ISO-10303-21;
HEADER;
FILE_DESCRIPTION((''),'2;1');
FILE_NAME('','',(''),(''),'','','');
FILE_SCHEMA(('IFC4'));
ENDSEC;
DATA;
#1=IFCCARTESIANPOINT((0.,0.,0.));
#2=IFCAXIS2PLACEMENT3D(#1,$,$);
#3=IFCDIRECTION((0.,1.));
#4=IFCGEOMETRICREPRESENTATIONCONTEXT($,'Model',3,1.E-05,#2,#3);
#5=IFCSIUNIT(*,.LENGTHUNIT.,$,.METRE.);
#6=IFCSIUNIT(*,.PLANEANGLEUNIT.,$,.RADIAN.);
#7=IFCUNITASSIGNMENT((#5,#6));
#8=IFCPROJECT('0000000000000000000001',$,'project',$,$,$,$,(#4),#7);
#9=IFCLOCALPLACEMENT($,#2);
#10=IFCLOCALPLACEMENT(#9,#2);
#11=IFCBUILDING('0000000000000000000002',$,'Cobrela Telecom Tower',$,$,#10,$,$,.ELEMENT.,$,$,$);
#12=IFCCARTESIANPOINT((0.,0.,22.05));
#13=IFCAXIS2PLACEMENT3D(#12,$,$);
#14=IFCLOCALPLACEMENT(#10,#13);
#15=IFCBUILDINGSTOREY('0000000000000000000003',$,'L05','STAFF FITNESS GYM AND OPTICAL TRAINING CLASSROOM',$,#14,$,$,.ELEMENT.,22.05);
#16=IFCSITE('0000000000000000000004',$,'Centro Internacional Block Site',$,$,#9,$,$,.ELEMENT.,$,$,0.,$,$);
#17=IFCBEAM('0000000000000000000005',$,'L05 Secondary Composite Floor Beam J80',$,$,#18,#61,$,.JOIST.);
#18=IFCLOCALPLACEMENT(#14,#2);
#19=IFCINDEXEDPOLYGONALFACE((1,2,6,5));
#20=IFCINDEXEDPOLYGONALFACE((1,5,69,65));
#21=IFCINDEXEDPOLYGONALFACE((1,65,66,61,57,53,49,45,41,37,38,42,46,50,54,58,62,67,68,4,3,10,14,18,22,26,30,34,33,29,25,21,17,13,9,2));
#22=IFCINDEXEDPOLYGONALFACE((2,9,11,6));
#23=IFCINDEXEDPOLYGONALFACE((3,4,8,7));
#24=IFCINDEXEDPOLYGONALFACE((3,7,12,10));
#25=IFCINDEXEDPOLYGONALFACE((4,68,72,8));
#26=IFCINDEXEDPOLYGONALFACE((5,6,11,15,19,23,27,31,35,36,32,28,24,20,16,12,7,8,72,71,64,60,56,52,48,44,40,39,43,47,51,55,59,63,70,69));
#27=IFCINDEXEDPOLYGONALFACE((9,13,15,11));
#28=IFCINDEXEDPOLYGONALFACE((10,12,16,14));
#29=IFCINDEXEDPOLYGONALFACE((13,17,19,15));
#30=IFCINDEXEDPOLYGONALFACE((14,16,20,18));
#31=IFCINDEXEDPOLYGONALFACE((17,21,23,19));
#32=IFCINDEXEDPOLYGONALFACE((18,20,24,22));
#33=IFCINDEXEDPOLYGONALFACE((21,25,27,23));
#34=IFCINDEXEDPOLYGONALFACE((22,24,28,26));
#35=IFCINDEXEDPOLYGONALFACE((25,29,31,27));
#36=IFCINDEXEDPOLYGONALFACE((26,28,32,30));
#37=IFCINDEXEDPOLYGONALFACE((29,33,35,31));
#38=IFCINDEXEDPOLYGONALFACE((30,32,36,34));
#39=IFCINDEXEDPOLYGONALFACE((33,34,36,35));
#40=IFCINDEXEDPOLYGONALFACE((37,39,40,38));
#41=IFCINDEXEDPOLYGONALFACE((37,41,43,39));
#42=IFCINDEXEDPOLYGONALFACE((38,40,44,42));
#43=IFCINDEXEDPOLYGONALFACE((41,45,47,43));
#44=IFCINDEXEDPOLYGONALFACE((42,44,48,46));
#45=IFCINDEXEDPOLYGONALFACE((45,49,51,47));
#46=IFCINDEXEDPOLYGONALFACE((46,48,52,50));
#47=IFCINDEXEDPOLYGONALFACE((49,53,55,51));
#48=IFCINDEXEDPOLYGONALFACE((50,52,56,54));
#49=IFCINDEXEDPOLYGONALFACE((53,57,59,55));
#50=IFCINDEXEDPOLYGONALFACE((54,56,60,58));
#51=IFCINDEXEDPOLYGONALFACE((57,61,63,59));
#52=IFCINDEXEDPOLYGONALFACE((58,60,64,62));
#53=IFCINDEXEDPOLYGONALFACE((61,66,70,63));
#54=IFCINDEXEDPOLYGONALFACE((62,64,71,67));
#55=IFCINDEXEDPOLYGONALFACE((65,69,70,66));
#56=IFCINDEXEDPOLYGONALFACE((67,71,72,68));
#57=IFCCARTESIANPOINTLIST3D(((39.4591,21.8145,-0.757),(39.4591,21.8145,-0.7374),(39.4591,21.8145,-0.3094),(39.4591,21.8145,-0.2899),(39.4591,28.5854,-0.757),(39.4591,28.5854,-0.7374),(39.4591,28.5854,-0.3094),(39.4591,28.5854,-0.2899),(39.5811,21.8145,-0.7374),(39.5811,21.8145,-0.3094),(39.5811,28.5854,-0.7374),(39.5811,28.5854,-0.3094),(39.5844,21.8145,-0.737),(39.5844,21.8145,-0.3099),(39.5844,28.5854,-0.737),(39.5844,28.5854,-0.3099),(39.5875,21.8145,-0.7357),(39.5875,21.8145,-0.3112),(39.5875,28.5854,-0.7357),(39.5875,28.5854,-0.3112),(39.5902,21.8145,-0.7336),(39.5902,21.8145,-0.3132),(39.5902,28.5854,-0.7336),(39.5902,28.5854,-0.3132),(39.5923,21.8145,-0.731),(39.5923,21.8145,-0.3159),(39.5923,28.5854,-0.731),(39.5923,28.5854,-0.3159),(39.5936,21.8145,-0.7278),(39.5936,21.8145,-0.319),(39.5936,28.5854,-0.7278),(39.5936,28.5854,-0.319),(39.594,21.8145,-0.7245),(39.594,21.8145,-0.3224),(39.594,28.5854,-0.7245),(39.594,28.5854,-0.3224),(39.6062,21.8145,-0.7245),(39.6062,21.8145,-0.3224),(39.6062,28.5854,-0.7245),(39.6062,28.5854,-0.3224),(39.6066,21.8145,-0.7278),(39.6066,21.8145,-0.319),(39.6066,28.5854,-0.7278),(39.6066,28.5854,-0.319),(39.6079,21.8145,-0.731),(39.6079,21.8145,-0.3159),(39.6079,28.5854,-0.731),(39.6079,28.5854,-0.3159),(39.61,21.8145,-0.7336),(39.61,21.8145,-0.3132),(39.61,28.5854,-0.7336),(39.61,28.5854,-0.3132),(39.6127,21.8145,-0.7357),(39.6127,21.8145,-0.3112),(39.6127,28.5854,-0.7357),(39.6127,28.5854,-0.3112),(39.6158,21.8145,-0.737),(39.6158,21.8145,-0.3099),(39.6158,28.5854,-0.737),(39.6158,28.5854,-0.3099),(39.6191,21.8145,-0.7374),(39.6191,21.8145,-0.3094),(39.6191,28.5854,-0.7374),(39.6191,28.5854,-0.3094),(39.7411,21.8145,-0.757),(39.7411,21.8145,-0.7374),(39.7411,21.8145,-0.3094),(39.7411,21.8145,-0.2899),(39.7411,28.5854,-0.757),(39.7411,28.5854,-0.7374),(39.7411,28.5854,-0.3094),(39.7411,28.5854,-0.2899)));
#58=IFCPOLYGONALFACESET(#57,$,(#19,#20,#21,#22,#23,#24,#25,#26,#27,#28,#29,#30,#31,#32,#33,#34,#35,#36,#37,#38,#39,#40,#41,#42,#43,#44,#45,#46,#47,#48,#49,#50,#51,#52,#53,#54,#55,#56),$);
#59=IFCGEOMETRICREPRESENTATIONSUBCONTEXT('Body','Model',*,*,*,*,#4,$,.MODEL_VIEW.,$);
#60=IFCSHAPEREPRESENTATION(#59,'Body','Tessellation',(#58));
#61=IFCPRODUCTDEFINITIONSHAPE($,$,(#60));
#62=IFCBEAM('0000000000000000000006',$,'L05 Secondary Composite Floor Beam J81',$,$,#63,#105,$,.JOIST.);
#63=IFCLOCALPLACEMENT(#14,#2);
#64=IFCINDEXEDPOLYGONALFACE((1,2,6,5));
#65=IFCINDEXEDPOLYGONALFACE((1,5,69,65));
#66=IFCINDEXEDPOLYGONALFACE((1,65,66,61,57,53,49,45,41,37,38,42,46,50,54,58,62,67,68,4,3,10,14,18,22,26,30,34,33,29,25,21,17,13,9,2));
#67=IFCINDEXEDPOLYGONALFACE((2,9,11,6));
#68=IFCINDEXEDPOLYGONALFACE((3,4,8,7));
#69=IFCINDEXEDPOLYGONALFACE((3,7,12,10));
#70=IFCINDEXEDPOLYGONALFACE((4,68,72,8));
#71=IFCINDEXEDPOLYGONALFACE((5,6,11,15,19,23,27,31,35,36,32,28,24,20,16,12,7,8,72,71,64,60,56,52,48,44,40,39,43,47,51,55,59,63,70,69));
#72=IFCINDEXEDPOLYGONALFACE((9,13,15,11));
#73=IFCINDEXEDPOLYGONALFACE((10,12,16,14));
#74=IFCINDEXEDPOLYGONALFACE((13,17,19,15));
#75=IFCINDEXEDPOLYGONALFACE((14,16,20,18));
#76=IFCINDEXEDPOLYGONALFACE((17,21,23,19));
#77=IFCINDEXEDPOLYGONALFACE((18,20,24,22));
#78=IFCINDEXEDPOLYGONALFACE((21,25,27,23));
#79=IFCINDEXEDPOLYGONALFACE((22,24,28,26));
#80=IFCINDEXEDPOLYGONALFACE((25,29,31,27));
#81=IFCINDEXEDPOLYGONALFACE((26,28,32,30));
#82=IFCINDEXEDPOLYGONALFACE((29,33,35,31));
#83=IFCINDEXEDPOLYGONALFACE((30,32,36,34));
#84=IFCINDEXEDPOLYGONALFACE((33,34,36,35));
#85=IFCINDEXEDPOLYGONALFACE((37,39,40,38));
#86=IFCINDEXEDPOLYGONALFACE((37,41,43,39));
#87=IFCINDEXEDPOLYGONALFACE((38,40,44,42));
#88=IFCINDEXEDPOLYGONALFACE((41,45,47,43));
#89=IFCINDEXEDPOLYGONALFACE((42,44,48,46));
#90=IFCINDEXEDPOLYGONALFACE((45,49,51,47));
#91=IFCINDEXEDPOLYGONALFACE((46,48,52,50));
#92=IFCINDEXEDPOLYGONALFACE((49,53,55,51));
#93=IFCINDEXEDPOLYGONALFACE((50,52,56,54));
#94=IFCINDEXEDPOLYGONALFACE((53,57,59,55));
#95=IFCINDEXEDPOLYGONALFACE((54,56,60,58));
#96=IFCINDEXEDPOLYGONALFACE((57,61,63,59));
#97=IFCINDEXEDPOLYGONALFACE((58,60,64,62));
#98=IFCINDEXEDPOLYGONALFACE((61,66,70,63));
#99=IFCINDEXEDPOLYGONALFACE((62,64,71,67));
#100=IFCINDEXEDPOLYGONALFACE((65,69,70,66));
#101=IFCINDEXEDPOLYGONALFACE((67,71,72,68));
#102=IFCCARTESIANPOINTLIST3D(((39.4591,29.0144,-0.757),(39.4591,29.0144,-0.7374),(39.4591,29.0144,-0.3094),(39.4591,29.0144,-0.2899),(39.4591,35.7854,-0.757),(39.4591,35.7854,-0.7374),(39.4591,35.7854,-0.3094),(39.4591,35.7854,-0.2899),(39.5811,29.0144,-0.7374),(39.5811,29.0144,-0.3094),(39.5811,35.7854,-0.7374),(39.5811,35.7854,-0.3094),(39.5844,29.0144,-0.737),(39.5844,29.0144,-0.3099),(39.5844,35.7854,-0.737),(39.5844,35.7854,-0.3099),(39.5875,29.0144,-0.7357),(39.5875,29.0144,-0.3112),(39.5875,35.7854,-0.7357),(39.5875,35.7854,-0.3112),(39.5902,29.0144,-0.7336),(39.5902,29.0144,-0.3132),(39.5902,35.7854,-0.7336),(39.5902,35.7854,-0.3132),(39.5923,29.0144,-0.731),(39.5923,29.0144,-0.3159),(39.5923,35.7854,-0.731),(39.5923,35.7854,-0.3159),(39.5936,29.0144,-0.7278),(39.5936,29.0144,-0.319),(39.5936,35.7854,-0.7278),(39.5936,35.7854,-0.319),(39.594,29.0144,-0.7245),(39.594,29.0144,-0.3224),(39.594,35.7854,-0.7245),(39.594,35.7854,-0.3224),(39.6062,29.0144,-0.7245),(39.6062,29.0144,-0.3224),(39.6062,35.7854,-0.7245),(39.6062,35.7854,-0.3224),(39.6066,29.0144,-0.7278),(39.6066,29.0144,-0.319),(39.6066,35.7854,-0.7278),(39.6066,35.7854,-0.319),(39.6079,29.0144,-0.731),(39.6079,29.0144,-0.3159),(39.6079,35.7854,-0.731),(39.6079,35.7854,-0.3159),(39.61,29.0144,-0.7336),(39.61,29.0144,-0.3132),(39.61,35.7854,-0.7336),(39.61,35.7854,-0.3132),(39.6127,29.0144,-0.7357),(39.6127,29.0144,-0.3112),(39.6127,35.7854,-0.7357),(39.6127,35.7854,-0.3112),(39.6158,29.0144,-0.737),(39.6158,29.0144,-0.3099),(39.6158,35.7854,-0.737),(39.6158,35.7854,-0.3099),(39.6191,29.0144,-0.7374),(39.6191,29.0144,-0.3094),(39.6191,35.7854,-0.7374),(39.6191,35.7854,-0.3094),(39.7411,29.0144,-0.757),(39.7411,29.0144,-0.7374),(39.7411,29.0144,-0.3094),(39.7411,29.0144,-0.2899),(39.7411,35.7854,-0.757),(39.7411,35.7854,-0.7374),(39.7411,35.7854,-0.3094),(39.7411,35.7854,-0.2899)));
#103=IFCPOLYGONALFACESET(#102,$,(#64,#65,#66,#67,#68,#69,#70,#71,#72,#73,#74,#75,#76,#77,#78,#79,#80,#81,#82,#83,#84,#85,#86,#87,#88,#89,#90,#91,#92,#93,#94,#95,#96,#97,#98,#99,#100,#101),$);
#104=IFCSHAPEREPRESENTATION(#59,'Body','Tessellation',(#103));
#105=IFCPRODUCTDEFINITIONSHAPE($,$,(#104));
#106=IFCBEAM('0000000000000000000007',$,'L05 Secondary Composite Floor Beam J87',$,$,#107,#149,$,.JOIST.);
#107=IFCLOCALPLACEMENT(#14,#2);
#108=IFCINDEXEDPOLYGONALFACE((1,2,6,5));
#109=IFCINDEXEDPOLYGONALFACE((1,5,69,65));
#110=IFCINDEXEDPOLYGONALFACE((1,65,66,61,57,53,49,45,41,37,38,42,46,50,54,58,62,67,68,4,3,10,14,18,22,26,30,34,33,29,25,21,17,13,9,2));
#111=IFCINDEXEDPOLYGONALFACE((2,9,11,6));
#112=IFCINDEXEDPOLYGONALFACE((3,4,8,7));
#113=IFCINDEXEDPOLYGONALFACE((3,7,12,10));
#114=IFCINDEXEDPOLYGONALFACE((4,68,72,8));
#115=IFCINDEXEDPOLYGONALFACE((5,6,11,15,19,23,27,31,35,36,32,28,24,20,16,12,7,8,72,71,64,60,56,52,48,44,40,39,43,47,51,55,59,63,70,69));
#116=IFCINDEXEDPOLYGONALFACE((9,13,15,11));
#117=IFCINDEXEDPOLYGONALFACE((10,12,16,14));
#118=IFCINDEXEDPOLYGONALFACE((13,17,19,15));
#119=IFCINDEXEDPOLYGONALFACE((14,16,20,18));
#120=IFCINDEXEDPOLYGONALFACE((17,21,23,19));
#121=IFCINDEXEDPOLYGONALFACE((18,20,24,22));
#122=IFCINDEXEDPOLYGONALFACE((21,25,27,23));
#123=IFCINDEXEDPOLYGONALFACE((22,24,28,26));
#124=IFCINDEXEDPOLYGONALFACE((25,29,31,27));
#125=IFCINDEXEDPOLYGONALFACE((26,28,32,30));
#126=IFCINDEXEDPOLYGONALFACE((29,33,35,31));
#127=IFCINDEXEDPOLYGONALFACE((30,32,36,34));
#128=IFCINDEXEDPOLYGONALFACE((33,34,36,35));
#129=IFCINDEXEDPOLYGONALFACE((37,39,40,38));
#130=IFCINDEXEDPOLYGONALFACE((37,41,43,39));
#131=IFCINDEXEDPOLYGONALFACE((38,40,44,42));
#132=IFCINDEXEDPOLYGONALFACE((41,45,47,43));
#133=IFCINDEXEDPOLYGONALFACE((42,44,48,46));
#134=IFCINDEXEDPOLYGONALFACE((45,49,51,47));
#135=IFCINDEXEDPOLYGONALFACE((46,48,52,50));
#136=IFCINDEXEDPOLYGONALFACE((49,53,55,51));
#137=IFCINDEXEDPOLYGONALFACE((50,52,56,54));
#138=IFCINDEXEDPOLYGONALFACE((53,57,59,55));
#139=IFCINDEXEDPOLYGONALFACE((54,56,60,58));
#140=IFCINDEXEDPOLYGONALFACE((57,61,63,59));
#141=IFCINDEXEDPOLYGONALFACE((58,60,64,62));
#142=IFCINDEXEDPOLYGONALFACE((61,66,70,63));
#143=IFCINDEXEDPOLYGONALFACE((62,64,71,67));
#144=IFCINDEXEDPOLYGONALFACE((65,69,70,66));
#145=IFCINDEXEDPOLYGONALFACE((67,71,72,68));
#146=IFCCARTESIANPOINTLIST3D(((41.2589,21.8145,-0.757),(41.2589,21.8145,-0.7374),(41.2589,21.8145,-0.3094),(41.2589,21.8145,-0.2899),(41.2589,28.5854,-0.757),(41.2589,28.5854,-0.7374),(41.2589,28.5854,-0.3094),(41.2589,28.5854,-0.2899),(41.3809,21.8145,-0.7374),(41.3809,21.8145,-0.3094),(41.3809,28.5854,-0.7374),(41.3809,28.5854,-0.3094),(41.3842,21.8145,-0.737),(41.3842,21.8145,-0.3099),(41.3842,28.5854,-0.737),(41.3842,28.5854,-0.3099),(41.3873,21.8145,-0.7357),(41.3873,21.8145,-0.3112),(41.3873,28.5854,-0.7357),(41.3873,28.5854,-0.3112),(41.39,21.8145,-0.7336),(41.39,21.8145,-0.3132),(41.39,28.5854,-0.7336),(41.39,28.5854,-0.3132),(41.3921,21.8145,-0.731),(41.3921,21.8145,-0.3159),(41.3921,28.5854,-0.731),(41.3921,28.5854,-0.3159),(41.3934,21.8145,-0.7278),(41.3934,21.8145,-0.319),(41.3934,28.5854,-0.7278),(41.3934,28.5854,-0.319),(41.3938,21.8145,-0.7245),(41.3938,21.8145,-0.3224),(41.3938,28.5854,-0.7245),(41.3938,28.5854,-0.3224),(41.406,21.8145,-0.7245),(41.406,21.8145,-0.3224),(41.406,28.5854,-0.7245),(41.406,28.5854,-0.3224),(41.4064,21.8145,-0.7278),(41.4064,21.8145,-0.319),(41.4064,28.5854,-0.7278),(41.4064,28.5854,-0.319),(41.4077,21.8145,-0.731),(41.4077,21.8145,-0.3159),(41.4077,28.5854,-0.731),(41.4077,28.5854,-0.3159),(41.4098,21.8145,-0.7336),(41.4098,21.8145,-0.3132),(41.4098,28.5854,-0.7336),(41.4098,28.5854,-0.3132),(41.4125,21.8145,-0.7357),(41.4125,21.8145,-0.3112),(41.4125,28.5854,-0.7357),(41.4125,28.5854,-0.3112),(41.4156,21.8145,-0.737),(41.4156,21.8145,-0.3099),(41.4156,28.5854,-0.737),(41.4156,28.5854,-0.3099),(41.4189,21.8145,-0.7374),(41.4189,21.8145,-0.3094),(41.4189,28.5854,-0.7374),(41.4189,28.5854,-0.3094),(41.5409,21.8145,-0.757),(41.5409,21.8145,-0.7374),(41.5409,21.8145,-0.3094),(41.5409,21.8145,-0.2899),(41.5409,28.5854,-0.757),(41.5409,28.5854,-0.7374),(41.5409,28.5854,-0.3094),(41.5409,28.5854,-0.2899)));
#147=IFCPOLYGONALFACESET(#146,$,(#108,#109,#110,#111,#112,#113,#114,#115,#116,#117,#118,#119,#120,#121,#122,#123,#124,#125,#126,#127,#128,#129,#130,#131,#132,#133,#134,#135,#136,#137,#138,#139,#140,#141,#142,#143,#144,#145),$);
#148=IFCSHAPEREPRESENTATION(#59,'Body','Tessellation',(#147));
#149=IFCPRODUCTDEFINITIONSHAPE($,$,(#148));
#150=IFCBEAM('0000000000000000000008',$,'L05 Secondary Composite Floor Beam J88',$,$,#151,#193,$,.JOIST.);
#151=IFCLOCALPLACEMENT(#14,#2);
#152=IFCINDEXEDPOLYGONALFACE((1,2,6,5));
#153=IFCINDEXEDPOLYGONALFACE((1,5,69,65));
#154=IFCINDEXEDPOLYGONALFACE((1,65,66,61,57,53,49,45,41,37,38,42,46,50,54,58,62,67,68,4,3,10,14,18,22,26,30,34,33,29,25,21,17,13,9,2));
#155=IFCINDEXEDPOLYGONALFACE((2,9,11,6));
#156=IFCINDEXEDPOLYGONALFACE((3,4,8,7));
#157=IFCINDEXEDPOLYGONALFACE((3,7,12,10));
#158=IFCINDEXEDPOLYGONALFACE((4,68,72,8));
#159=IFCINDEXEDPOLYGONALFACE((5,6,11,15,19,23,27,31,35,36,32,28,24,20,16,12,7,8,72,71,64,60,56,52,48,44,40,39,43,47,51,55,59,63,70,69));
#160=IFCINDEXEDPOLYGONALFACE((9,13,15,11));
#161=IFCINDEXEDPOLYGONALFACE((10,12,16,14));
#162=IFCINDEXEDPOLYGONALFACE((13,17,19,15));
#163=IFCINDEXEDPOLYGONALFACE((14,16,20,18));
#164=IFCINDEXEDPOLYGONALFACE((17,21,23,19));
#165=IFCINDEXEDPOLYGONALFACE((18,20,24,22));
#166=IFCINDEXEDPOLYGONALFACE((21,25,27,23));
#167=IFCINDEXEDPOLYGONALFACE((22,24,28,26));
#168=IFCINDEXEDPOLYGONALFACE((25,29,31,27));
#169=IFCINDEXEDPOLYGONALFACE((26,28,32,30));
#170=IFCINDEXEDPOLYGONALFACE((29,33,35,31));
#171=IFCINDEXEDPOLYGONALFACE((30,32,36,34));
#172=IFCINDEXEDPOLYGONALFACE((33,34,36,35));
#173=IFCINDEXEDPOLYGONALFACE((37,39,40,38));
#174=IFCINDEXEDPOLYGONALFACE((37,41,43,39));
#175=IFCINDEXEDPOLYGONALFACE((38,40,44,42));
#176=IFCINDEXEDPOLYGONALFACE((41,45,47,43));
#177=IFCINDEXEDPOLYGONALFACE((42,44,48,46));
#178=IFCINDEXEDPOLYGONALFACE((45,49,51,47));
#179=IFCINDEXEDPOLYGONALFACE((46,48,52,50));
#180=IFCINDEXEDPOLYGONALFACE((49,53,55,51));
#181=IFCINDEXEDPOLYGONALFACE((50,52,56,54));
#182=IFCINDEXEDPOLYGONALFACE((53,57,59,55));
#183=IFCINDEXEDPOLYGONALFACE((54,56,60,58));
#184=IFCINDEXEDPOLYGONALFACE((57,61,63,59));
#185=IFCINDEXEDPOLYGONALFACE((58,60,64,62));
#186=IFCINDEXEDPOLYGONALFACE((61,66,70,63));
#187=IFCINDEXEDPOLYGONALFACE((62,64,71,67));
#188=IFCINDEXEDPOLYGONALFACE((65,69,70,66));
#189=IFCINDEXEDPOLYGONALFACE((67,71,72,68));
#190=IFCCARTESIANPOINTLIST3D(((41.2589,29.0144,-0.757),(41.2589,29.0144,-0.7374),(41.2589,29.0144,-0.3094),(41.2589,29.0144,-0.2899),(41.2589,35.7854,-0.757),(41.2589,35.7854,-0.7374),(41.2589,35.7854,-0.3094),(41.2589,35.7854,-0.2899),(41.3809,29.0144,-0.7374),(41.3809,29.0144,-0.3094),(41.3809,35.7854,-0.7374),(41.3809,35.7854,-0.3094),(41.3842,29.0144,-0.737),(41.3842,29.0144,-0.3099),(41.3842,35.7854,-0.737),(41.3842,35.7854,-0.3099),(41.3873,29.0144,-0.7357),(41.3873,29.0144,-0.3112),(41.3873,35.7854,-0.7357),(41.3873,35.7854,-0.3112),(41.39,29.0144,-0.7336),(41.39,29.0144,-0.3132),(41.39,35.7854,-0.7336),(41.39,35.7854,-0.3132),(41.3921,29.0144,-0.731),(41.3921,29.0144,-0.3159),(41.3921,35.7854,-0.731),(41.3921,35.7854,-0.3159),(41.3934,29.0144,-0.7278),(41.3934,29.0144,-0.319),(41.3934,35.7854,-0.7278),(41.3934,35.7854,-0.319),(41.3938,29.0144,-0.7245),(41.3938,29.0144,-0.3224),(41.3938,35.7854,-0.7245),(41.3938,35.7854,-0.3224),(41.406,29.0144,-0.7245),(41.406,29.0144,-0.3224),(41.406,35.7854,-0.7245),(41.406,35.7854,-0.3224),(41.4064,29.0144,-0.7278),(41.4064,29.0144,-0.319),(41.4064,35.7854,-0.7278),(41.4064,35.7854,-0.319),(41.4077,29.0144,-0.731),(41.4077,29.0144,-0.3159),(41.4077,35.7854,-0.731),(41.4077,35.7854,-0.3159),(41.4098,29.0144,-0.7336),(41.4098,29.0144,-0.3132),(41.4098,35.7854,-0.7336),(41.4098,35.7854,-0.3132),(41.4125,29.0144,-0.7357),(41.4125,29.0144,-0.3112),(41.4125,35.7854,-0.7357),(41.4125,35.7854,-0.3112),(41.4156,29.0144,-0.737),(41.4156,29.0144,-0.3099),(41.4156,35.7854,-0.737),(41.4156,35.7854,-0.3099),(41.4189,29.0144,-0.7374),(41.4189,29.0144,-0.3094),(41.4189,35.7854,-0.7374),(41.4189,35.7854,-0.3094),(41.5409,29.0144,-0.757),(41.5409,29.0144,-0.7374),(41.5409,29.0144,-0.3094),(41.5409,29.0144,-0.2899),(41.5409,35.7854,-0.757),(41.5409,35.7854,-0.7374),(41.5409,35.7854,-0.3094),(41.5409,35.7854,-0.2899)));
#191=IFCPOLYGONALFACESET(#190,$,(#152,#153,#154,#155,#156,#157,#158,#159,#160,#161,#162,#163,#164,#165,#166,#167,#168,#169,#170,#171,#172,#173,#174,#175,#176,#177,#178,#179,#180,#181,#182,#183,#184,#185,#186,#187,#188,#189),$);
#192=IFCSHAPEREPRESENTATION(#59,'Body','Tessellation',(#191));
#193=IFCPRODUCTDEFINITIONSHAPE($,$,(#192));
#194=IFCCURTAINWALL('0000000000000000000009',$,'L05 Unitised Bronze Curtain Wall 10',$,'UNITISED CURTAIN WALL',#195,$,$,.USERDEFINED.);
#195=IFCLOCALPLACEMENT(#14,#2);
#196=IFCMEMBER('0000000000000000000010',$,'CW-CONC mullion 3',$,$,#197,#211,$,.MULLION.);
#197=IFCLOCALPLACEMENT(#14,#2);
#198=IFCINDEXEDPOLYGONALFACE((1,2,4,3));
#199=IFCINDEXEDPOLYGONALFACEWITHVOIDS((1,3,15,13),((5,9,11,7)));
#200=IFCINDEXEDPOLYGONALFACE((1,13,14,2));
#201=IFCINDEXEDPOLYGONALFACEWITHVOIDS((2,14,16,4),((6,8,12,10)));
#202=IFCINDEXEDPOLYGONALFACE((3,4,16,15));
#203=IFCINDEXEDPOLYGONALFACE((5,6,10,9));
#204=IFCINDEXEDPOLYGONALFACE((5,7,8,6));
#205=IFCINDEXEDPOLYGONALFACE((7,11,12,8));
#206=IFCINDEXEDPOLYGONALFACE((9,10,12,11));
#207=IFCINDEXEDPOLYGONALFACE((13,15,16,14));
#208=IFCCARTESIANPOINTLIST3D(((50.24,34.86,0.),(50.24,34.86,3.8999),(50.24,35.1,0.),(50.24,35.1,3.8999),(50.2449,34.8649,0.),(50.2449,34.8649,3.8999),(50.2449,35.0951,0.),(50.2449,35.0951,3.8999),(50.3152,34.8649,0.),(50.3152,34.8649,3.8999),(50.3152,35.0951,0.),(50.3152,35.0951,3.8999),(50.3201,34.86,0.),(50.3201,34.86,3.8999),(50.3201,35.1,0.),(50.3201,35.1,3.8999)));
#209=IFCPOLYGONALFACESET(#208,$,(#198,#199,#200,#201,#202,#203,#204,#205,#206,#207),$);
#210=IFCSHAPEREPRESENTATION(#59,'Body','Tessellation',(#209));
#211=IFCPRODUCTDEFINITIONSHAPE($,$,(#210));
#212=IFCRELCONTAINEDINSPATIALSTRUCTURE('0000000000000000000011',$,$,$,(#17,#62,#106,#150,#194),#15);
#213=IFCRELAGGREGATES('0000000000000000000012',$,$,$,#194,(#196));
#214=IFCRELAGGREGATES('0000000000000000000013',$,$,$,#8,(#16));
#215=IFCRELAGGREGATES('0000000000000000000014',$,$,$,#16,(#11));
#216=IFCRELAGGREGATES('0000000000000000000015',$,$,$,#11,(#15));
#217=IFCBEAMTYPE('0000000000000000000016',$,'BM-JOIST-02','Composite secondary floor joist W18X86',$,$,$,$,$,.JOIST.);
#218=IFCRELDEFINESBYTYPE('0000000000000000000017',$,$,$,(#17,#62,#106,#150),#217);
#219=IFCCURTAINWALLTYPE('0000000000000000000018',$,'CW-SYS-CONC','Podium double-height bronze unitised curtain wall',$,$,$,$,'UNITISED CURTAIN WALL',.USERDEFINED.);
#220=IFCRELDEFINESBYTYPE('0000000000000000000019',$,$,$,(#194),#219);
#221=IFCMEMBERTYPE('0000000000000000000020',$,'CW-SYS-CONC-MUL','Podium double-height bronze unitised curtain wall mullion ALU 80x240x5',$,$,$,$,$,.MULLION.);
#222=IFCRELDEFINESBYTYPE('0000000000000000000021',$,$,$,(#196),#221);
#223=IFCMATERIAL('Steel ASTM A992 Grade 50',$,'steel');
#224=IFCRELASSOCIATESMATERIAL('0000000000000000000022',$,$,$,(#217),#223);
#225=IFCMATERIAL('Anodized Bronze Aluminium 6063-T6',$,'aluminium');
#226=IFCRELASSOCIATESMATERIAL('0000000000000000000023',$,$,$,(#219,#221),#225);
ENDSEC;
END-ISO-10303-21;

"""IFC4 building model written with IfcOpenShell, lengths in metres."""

from ifc_helpers import new_model, si_unit, direction, frame, origin, origin_2d, place, context, subcontext, project, spatial, hollow_rectangle, i_section, extrude, material, material_profile, profile_set, type_object, element, aggregate, save


model = new_model("IFC4")

# Units and contexts
model_context = context("Model", 3, precision=1e-05, world=origin(), true_north=direction((0.0, 1.0)))
body_context = subcontext(model_context, "Body", "Model", "MODEL_VIEW")
ifc_project = project(units=[si_unit("LENGTHUNIT", "METRE"), si_unit("PLANEANGLEUNIT", "RADIAN")], contexts=[model_context])

# Site, building, storey
site_placement = place(None, origin())
site = spatial("IfcSite", under=ifc_project, at=site_placement, Name="Centro Internacional Block Site", CompositionType="ELEMENT", RefElevation=0.0)
building_placement = place(site_placement, origin())
building = spatial("IfcBuilding", under=site, at=building_placement, Name="Cobrela Telecom Tower", CompositionType="ELEMENT")
storey_placement = place(building_placement, frame((0.0, 0.0, 22.05)))
storey = spatial("IfcBuildingStorey", under=building, at=storey_placement, Name="L05", Description="STAFF FITNESS GYM AND OPTICAL TRAINING CLASSROOM", CompositionType="ELEMENT", Elevation=22.05)

# Beams
ifc_material_1 = material(Name="Steel ASTM A992 Grade 50", Category="steel")
ifc_material_profile_1 = material_profile(ifc_material_1, i_section(OverallWidth=0.282, OverallDepth=0.467, WebThickness=0.0122, FlangeThickness=0.0195, FilletRadius=0.0129, at=origin_2d()), Name="W18X86")
ifc_profile_set_1 = profile_set([ifc_material_profile_1], Name="Steel ASTM A992 Grade 50")
beam_type_1 = type_object("IfcBeamType", Name="BM-JOIST-02", Description="Composite secondary floor joist W18X86", PredefinedType="JOIST", material=ifc_profile_set_1)
for number, where, z_axis, x_axis, name in (
    (1, (39.6001, 21.8145, -0.5234), (0.0, 1.0, 0.0), (-1.0, 0.0, 0.0), "L05 Secondary Composite Floor Beam J80"),
    (2, (39.6001, 29.0144, -0.5234), (0.0, 1.0, 0.0), (-1.0, 0.0, 0.0), "L05 Secondary Composite Floor Beam J81"),
    (3, (41.3999, 21.8145, -0.5234), (0.0, 1.0, 0.0), (-1.0, 0.0, 0.0), "L05 Secondary Composite Floor Beam J87"),
    (4, (41.3999, 29.0144, -0.5234), (0.0, 1.0, 0.0), (-1.0, 0.0, 0.0), "L05 Secondary Composite Floor Beam J88"),
):
    element("IfcBeam", number, at=place(storey_placement, frame(where, z_axis=z_axis, x_axis=x_axis)), inside=storey, type_object=beam_type_1, Name=name, PredefinedType="JOIST", context=body_context, shape_type="SweptSolid", body=[
        extrude(i_section(OverallWidth=0.282, OverallDepth=0.467, WebThickness=0.0122, FlangeThickness=0.0195, FilletRadius=0.0129, at=origin_2d()), origin(), (0.0, 0.0, 1.0), 6.771),
    ])

# Curtain wall, member
ifc_material_2 = material(Name="Anodized Bronze Aluminium 6063-T6", Category="aluminium")
curtain_wall_type = type_object("IfcCurtainWallType", Name="CW-SYS-CONC", Description="Podium double-height bronze unitised curtain wall", ElementType="UNITISED CURTAIN WALL", PredefinedType="USERDEFINED", material=ifc_material_2)
curtain_wall_1_placement = place(storey_placement, origin())
curtain_wall_1 = element("IfcCurtainWall", 5, at=curtain_wall_1_placement, inside=storey, type_object=curtain_wall_type, Name="L05 Unitised Bronze Curtain Wall 10", ObjectType="UNITISED CURTAIN WALL", PredefinedType="USERDEFINED")
ifc_material_profile_2 = material_profile(ifc_material_2, hollow_rectangle(XDim=0.0801, YDim=0.24, WallThickness=0.0049, at=origin_2d()), Name="ALU 80x240x5")
ifc_profile_set_2 = profile_set([ifc_material_profile_2], Name="Anodized Bronze Aluminium 6063-T6")
member_type_1 = type_object("IfcMemberType", Name="CW-SYS-CONC-MUL", Description="Podium double-height bronze unitised curtain wall mullion ALU 80x240x5", PredefinedType="MULLION", material=ifc_profile_set_2)
member_1_placement = place(storey_placement, frame((50.28, 34.98, 0.0), z_axis=(0.0, 0.0, 1.0), x_axis=(1.0, 0.0, 0.0)))
member_1 = element("IfcMember", 6, at=member_1_placement, type_object=member_type_1, Name="CW-CONC mullion 3", PredefinedType="MULLION", context=body_context, shape_type="SweptSolid", body=[
    extrude(hollow_rectangle(XDim=0.0801, YDim=0.24, WallThickness=0.0049, at=origin_2d()), origin(), (0.0, 0.0, 1.0), 3.8999),
])

aggregate(curtain_wall_1, [member_1])

save(model, "model.ifc")
